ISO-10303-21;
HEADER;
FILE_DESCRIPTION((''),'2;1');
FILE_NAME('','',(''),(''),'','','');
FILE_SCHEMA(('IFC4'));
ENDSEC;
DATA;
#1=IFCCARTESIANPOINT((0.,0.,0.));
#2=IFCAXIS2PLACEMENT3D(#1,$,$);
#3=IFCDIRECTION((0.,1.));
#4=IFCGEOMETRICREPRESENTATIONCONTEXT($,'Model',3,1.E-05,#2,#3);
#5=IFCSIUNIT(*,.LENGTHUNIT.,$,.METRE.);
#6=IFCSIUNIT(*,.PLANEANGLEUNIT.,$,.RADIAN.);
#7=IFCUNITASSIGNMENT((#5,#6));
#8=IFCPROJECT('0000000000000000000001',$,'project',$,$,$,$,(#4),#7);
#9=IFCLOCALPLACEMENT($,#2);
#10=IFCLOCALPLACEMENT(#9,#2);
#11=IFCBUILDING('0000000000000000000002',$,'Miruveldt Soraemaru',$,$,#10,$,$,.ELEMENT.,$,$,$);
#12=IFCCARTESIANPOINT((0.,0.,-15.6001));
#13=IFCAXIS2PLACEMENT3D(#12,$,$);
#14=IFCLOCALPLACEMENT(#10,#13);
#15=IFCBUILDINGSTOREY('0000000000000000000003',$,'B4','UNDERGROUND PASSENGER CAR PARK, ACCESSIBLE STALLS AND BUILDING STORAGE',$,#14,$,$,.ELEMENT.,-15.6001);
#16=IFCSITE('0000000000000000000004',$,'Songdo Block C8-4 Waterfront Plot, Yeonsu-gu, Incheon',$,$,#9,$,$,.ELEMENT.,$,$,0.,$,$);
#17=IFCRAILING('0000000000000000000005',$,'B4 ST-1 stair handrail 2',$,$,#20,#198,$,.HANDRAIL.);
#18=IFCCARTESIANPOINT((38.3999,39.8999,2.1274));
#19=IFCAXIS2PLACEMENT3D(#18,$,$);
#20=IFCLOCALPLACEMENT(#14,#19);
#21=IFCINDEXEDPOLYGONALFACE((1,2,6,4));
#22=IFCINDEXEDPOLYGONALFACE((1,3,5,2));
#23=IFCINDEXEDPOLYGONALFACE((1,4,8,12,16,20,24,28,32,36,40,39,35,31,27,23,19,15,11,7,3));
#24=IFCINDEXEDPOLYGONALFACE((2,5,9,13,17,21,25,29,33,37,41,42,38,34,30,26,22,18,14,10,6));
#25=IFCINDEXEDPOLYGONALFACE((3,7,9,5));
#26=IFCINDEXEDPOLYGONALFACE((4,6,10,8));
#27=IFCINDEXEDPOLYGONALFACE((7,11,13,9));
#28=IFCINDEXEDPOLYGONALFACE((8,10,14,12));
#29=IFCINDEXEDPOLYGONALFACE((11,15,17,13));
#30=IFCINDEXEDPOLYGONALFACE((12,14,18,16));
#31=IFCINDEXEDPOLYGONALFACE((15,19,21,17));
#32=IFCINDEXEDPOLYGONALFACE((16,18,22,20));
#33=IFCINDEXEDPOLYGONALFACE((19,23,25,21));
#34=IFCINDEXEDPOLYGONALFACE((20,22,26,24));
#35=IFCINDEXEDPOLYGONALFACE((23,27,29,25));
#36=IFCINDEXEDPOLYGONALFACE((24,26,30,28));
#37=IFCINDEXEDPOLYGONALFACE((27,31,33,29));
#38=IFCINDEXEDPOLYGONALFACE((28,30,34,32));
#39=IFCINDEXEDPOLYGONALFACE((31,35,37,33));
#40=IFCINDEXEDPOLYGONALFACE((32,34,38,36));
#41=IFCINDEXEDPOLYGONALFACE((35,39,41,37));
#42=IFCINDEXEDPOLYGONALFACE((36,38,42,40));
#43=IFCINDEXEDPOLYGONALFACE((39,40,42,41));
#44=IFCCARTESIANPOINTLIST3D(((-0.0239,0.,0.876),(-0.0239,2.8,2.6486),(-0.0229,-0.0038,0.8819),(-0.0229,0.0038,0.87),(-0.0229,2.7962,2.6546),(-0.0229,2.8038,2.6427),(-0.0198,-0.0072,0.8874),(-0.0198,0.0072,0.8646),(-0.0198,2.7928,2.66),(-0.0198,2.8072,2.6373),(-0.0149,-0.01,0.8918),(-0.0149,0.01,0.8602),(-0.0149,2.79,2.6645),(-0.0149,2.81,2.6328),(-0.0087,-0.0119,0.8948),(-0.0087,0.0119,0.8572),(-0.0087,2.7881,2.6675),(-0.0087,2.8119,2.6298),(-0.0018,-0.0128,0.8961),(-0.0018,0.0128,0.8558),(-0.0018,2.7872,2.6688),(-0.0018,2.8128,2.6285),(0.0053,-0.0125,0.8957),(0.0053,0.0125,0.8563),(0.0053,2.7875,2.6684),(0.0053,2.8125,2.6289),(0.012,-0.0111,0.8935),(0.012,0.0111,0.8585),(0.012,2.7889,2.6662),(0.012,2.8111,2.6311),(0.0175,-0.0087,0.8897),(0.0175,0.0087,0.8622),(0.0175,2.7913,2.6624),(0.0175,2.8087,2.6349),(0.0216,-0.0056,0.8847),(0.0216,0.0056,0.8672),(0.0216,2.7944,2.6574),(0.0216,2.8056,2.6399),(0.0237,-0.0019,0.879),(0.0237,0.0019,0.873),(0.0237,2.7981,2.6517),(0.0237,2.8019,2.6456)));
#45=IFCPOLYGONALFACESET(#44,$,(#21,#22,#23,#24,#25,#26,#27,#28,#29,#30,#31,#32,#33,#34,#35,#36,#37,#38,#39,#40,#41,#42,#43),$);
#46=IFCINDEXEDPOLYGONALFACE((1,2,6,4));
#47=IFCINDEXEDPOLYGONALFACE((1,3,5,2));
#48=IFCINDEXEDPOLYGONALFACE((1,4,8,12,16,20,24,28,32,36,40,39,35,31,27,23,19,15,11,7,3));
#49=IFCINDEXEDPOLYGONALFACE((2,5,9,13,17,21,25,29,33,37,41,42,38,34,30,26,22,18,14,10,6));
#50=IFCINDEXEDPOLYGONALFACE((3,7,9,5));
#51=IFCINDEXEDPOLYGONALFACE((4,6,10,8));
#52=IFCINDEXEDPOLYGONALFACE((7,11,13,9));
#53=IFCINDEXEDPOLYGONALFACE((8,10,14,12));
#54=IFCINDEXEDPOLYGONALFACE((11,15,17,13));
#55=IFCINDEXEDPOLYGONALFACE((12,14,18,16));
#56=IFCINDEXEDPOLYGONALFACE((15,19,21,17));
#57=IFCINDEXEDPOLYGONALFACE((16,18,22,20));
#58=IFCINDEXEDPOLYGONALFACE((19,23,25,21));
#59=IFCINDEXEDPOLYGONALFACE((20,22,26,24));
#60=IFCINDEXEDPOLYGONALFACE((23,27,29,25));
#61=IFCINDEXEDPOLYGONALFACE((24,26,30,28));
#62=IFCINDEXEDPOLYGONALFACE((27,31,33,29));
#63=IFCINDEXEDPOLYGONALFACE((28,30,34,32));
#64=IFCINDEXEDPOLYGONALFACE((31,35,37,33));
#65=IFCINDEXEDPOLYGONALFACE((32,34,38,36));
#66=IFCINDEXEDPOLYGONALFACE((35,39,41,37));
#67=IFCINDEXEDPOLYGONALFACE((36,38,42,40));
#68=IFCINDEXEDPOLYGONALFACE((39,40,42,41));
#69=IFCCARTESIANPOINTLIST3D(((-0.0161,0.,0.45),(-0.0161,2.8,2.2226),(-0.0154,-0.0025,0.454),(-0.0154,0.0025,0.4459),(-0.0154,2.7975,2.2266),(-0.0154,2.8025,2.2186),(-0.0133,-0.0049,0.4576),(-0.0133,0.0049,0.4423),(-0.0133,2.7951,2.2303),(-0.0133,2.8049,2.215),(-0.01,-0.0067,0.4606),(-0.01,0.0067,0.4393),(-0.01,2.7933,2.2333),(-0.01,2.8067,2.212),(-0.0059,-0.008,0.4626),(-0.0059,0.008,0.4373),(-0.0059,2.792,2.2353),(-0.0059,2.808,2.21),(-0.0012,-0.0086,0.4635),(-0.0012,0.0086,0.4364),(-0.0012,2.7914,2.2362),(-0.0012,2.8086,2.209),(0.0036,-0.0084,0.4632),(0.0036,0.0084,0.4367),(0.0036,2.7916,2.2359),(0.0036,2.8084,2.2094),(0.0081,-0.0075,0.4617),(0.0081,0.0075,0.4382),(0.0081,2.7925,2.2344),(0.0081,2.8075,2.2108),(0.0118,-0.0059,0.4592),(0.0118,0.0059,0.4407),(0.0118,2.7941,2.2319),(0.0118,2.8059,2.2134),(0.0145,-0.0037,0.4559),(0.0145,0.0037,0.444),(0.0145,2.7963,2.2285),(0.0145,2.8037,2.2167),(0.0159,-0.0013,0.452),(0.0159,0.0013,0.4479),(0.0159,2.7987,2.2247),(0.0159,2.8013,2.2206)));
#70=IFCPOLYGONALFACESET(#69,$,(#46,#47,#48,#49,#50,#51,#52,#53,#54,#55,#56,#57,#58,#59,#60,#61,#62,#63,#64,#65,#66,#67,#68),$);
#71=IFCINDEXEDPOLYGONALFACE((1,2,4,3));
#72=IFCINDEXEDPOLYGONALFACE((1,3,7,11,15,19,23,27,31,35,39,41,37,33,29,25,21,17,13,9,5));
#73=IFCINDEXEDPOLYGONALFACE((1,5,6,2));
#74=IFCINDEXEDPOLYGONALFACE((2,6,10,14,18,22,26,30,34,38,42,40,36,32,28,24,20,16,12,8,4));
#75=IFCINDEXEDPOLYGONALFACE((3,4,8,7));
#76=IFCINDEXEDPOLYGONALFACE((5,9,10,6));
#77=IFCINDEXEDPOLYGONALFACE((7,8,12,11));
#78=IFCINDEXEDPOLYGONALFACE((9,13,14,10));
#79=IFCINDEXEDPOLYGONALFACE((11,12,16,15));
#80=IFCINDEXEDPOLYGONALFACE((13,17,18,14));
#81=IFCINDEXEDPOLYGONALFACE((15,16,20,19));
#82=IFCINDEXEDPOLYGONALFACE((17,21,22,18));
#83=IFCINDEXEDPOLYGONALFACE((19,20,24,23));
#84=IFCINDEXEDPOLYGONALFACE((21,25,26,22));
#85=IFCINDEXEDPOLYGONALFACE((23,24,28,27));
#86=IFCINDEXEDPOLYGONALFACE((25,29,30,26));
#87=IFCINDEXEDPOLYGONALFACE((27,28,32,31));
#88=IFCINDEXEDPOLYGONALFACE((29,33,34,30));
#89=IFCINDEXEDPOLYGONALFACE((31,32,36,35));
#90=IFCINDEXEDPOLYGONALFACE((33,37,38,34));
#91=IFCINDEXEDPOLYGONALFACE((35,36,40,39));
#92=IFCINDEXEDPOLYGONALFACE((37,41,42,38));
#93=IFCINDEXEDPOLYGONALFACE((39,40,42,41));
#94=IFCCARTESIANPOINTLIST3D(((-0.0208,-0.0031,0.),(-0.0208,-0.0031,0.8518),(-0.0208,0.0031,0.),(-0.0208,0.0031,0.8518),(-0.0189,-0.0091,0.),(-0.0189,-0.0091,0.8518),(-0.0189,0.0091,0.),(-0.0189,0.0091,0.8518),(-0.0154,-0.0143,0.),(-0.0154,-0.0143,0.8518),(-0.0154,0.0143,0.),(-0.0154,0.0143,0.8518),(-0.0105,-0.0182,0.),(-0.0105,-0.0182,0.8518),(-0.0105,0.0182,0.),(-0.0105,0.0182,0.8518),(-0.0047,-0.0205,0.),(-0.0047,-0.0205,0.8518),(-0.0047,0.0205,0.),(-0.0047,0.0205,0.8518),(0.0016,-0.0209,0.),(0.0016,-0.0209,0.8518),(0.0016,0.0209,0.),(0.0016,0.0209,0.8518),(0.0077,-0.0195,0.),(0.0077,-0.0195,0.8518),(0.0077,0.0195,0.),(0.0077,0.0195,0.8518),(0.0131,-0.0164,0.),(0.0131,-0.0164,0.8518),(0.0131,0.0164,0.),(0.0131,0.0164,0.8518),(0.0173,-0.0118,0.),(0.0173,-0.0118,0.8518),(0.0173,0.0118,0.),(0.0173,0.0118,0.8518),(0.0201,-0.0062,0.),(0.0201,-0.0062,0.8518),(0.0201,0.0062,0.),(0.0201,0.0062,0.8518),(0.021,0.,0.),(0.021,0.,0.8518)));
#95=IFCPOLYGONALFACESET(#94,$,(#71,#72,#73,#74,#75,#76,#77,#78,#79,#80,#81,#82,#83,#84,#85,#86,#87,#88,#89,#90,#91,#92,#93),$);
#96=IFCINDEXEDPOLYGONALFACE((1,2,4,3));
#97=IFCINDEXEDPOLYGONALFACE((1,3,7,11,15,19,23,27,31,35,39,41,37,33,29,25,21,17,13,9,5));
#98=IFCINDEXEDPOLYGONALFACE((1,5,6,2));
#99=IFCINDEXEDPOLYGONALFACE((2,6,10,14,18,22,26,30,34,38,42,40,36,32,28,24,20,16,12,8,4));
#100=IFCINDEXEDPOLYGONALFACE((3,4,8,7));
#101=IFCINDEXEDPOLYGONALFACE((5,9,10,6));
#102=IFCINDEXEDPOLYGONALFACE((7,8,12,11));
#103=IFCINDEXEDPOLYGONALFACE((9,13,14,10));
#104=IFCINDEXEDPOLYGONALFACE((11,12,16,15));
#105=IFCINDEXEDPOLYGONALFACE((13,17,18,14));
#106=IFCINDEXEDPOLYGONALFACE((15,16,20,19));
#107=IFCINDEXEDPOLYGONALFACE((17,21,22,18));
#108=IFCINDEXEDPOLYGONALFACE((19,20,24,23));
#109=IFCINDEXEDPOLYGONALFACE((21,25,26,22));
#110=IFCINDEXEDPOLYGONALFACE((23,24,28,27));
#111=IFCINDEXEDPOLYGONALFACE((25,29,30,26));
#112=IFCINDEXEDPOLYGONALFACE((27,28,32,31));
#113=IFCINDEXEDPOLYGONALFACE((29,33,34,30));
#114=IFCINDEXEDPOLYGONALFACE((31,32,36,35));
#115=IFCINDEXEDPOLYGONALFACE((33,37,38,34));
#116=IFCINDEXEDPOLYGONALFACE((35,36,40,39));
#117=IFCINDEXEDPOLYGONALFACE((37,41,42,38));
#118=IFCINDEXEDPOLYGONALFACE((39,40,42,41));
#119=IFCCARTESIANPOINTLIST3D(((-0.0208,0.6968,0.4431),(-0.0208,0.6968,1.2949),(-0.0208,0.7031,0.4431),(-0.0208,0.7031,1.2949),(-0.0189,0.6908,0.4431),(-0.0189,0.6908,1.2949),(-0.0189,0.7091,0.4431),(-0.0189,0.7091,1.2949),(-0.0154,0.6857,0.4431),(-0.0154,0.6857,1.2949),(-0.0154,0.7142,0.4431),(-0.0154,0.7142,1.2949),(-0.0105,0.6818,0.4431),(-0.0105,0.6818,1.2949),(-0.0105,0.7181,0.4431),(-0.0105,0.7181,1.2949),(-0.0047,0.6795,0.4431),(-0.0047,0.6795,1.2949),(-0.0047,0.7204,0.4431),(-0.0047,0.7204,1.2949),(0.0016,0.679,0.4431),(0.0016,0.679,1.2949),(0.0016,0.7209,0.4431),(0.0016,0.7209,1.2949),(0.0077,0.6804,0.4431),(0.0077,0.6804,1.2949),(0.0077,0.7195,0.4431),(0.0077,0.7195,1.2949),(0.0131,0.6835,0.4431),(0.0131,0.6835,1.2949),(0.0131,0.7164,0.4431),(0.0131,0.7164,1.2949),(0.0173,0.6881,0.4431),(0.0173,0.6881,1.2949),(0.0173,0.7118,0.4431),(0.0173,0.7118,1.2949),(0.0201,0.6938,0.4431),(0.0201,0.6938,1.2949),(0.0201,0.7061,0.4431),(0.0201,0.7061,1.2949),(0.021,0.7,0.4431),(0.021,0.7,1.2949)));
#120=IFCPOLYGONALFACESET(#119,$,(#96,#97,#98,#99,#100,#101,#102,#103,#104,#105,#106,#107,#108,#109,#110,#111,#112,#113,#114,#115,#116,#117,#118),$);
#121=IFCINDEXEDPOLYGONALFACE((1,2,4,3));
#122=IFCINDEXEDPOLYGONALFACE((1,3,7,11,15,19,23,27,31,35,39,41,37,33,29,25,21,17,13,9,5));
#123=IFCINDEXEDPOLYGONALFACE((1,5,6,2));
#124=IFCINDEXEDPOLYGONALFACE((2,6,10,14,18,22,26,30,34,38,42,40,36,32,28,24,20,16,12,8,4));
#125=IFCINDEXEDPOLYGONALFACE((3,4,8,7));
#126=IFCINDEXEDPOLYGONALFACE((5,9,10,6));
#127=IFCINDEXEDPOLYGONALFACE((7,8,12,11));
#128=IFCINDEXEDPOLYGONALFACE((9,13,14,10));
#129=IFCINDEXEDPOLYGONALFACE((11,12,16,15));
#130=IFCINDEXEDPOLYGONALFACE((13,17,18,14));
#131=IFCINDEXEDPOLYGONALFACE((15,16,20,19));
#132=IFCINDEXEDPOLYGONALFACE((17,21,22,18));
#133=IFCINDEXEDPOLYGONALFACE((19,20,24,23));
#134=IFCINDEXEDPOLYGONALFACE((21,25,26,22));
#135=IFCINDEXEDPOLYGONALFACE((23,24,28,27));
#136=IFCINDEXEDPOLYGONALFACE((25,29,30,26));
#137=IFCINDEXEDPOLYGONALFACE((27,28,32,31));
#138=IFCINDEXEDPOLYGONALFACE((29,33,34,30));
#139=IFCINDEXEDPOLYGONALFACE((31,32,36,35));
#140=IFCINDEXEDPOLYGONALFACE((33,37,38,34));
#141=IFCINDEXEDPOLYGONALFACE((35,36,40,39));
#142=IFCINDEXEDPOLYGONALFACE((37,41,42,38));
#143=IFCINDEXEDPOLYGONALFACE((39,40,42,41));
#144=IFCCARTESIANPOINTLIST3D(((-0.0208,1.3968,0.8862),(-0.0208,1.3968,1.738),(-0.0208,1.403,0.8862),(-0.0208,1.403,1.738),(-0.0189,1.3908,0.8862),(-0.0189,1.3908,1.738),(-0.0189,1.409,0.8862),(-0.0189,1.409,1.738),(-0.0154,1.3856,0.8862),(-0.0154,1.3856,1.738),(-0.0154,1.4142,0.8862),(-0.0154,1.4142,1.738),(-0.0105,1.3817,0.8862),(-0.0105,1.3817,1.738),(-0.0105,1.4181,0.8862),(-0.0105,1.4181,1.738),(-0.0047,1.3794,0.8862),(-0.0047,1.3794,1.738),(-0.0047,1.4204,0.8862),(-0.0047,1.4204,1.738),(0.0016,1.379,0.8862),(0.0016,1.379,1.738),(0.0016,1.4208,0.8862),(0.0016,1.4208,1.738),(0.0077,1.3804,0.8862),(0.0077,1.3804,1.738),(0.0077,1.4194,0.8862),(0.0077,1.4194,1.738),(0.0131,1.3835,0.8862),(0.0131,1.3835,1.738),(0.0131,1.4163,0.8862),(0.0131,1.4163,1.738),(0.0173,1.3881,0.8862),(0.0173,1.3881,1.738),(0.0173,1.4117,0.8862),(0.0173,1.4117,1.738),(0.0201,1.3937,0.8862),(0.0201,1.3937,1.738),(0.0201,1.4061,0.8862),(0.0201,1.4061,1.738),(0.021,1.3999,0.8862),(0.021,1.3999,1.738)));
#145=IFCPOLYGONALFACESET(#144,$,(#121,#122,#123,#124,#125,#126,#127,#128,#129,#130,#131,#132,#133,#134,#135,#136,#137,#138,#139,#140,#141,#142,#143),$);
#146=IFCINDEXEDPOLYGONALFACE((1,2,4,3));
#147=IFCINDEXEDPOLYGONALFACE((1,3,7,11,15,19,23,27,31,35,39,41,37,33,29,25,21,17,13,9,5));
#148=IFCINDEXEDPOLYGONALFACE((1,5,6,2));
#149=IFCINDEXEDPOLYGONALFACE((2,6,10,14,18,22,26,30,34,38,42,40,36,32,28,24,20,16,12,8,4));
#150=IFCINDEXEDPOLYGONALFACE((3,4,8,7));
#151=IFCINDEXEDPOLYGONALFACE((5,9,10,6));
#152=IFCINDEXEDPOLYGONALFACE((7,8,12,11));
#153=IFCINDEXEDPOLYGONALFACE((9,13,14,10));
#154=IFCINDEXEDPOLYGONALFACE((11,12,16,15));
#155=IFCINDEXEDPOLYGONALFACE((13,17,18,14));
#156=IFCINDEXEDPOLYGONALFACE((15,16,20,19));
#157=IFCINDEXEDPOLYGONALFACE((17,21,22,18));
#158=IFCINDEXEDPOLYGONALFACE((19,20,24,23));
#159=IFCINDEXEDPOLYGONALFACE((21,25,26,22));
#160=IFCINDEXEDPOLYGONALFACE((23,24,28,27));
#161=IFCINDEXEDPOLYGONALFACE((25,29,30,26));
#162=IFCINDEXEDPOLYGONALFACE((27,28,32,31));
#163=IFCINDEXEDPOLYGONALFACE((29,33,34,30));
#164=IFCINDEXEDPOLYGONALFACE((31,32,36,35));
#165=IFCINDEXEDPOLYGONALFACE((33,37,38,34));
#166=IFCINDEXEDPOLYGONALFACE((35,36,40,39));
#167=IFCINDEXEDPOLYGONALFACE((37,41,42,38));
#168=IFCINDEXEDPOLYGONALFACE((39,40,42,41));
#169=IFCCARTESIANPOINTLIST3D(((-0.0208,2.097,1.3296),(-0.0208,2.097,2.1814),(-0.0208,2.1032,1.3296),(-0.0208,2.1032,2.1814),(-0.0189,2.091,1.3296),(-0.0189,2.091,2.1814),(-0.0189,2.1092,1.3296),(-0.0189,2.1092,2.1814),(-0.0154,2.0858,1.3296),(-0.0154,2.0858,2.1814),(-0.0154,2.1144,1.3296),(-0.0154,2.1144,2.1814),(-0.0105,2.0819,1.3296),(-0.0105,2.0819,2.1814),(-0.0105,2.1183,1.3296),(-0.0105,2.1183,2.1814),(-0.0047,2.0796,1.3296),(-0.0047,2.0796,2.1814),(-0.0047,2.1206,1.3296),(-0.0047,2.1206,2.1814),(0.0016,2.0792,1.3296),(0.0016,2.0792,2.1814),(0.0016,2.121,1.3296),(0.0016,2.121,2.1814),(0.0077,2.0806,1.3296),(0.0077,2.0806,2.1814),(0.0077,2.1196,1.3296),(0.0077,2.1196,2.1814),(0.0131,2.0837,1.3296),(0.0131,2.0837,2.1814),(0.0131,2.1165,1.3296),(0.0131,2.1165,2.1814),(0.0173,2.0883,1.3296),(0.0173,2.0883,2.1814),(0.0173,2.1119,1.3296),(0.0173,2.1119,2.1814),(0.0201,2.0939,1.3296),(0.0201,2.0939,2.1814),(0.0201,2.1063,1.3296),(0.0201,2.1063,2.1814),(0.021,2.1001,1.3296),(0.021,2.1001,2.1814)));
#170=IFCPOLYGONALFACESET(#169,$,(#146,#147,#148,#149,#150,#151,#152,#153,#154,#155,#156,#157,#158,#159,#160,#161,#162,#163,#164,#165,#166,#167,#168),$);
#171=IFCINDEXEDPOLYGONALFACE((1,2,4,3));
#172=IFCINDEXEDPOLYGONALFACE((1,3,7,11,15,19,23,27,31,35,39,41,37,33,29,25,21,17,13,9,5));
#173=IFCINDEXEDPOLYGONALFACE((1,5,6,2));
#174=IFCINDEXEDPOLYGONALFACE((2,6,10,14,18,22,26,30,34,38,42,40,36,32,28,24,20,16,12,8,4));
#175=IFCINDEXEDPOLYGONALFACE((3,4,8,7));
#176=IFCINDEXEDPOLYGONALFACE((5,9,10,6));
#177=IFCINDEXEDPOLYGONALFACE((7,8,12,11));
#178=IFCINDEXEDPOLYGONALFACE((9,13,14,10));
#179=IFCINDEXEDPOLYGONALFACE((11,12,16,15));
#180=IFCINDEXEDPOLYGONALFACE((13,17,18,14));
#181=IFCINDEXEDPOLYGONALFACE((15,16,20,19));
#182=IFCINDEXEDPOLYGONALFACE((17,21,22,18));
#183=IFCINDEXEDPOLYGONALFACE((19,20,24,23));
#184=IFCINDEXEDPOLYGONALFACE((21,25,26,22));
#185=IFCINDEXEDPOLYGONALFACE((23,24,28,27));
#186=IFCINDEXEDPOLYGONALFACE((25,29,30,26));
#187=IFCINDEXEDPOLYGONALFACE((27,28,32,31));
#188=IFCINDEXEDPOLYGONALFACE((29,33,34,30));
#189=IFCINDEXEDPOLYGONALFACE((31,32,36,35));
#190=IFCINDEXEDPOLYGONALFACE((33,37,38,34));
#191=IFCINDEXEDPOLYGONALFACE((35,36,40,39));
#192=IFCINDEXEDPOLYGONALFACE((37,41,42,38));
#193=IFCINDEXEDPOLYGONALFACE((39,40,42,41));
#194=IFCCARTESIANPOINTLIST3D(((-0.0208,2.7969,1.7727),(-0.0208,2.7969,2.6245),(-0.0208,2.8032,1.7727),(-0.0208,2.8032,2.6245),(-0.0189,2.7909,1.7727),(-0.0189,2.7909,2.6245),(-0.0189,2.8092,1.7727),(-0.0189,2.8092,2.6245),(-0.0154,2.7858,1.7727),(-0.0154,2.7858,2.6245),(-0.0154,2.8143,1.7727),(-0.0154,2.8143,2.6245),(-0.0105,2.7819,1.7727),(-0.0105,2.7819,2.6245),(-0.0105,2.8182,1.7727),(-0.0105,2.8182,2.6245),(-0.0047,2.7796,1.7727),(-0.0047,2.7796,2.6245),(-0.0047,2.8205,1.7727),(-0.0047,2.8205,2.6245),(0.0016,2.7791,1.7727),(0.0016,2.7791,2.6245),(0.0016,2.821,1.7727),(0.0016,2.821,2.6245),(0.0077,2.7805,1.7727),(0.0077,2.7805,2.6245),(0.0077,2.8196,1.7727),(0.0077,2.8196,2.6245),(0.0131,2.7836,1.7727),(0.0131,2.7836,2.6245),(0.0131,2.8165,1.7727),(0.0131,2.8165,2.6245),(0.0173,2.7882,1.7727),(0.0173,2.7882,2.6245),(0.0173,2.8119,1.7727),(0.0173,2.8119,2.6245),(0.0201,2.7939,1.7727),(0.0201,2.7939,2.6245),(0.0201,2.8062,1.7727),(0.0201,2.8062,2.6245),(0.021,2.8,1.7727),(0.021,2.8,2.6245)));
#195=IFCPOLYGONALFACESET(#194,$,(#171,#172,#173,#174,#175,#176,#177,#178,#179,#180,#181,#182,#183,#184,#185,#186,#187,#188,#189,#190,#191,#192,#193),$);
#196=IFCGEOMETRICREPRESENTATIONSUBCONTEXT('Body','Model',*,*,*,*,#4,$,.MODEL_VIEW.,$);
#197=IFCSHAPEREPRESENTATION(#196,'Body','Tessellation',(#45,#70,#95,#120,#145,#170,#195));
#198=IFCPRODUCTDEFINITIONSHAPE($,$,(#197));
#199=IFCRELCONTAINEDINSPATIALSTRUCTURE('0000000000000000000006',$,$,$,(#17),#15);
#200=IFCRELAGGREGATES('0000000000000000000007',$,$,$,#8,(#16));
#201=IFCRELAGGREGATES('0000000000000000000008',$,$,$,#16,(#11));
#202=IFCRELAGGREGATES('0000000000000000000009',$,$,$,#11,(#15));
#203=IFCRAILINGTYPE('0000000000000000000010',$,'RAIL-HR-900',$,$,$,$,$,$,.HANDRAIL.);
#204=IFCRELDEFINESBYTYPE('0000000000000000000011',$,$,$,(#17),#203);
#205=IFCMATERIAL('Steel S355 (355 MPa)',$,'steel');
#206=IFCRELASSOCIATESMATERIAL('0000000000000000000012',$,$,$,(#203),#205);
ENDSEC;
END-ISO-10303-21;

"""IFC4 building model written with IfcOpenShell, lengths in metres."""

from ifc_helpers import new_model, si_unit, direction, frame, origin, origin_2d, place, context, subcontext, project, spatial, circle, extrude, material, type_object, element, save


model = new_model("IFC4")

# Units and contexts
model_context = context("Model", 3, precision=1e-05, world=origin(), true_north=direction((0.0, 1.0)))
body_context = subcontext(model_context, "Body", "Model", "MODEL_VIEW")
ifc_project = project(units=[si_unit("LENGTHUNIT", "METRE"), si_unit("PLANEANGLEUNIT", "RADIAN")], contexts=[model_context])

# Site, building, storey
site_placement = place(None, origin())
site = spatial("IfcSite", under=ifc_project, at=site_placement, Name="Songdo Block C8-4 Waterfront Plot, Yeonsu-gu, Incheon", CompositionType="ELEMENT", RefElevation=0.0)
building_placement = place(site_placement, origin())
building = spatial("IfcBuilding", under=site, at=building_placement, Name="Miruveldt Soraemaru", CompositionType="ELEMENT")
storey_placement = place(building_placement, frame((0.0, 0.0, -15.6001)))
storey = spatial("IfcBuildingStorey", under=building, at=storey_placement, Name="B4", Description="UNDERGROUND PASSENGER CAR PARK, ACCESSIBLE STALLS AND BUILDING STORAGE", CompositionType="ELEMENT", Elevation=-15.6001)

# Railing
ifc_material_1 = material(Name="Steel S355 (355 MPa)", Category="steel")
railing_type_1 = type_object("IfcRailingType", Name="RAIL-HR-900", PredefinedType="HANDRAIL", material=ifc_material_1)
railing_1_placement = place(storey_placement, frame((38.3999, 39.8999, 2.1274)))
element("IfcRailing", 1, at=railing_1_placement, inside=storey, type_object=railing_type_1, Name="B4 ST-1 stair handrail 2", PredefinedType="HANDRAIL", context=body_context, shape_type="SweptSolid", body=[
    extrude(circle(Radius=0.0239, at=origin_2d()), frame((0.0, 0.0, 0.876), z_axis=(0.0, 0.844909, 0.53491), x_axis=(-1.0, 0.0, 0.0)), (0.0, 0.0, 1.0), 3.314),
    extrude(circle(Radius=0.0161, at=origin_2d()), frame((0.0, 0.0, 0.45), z_axis=(0.0, 0.844909, 0.53491), x_axis=(-1.0, 0.0, 0.0)), (0.0, 0.0, 1.0), 3.314),
    extrude(circle(Radius=0.021, at=origin_2d()), origin(), (0.0, 0.0, 1.0), 0.8518),
    extrude(circle(Radius=0.021, at=origin_2d()), frame((0.0, 0.7, 0.4431)), (0.0, 0.0, 1.0), 0.8518),
    extrude(circle(Radius=0.021, at=origin_2d()), frame((0.0, 1.3999, 0.8862)), (0.0, 0.0, 1.0), 0.8518),
    extrude(circle(Radius=0.021, at=origin_2d()), frame((0.0, 2.1001, 1.3296)), (0.0, 0.0, 1.0), 0.8518),
    extrude(circle(Radius=0.021, at=origin_2d()), frame((0.0, 2.8, 1.7727)), (0.0, 0.0, 1.0), 0.8518),
])

save(model, "model.ifc")
